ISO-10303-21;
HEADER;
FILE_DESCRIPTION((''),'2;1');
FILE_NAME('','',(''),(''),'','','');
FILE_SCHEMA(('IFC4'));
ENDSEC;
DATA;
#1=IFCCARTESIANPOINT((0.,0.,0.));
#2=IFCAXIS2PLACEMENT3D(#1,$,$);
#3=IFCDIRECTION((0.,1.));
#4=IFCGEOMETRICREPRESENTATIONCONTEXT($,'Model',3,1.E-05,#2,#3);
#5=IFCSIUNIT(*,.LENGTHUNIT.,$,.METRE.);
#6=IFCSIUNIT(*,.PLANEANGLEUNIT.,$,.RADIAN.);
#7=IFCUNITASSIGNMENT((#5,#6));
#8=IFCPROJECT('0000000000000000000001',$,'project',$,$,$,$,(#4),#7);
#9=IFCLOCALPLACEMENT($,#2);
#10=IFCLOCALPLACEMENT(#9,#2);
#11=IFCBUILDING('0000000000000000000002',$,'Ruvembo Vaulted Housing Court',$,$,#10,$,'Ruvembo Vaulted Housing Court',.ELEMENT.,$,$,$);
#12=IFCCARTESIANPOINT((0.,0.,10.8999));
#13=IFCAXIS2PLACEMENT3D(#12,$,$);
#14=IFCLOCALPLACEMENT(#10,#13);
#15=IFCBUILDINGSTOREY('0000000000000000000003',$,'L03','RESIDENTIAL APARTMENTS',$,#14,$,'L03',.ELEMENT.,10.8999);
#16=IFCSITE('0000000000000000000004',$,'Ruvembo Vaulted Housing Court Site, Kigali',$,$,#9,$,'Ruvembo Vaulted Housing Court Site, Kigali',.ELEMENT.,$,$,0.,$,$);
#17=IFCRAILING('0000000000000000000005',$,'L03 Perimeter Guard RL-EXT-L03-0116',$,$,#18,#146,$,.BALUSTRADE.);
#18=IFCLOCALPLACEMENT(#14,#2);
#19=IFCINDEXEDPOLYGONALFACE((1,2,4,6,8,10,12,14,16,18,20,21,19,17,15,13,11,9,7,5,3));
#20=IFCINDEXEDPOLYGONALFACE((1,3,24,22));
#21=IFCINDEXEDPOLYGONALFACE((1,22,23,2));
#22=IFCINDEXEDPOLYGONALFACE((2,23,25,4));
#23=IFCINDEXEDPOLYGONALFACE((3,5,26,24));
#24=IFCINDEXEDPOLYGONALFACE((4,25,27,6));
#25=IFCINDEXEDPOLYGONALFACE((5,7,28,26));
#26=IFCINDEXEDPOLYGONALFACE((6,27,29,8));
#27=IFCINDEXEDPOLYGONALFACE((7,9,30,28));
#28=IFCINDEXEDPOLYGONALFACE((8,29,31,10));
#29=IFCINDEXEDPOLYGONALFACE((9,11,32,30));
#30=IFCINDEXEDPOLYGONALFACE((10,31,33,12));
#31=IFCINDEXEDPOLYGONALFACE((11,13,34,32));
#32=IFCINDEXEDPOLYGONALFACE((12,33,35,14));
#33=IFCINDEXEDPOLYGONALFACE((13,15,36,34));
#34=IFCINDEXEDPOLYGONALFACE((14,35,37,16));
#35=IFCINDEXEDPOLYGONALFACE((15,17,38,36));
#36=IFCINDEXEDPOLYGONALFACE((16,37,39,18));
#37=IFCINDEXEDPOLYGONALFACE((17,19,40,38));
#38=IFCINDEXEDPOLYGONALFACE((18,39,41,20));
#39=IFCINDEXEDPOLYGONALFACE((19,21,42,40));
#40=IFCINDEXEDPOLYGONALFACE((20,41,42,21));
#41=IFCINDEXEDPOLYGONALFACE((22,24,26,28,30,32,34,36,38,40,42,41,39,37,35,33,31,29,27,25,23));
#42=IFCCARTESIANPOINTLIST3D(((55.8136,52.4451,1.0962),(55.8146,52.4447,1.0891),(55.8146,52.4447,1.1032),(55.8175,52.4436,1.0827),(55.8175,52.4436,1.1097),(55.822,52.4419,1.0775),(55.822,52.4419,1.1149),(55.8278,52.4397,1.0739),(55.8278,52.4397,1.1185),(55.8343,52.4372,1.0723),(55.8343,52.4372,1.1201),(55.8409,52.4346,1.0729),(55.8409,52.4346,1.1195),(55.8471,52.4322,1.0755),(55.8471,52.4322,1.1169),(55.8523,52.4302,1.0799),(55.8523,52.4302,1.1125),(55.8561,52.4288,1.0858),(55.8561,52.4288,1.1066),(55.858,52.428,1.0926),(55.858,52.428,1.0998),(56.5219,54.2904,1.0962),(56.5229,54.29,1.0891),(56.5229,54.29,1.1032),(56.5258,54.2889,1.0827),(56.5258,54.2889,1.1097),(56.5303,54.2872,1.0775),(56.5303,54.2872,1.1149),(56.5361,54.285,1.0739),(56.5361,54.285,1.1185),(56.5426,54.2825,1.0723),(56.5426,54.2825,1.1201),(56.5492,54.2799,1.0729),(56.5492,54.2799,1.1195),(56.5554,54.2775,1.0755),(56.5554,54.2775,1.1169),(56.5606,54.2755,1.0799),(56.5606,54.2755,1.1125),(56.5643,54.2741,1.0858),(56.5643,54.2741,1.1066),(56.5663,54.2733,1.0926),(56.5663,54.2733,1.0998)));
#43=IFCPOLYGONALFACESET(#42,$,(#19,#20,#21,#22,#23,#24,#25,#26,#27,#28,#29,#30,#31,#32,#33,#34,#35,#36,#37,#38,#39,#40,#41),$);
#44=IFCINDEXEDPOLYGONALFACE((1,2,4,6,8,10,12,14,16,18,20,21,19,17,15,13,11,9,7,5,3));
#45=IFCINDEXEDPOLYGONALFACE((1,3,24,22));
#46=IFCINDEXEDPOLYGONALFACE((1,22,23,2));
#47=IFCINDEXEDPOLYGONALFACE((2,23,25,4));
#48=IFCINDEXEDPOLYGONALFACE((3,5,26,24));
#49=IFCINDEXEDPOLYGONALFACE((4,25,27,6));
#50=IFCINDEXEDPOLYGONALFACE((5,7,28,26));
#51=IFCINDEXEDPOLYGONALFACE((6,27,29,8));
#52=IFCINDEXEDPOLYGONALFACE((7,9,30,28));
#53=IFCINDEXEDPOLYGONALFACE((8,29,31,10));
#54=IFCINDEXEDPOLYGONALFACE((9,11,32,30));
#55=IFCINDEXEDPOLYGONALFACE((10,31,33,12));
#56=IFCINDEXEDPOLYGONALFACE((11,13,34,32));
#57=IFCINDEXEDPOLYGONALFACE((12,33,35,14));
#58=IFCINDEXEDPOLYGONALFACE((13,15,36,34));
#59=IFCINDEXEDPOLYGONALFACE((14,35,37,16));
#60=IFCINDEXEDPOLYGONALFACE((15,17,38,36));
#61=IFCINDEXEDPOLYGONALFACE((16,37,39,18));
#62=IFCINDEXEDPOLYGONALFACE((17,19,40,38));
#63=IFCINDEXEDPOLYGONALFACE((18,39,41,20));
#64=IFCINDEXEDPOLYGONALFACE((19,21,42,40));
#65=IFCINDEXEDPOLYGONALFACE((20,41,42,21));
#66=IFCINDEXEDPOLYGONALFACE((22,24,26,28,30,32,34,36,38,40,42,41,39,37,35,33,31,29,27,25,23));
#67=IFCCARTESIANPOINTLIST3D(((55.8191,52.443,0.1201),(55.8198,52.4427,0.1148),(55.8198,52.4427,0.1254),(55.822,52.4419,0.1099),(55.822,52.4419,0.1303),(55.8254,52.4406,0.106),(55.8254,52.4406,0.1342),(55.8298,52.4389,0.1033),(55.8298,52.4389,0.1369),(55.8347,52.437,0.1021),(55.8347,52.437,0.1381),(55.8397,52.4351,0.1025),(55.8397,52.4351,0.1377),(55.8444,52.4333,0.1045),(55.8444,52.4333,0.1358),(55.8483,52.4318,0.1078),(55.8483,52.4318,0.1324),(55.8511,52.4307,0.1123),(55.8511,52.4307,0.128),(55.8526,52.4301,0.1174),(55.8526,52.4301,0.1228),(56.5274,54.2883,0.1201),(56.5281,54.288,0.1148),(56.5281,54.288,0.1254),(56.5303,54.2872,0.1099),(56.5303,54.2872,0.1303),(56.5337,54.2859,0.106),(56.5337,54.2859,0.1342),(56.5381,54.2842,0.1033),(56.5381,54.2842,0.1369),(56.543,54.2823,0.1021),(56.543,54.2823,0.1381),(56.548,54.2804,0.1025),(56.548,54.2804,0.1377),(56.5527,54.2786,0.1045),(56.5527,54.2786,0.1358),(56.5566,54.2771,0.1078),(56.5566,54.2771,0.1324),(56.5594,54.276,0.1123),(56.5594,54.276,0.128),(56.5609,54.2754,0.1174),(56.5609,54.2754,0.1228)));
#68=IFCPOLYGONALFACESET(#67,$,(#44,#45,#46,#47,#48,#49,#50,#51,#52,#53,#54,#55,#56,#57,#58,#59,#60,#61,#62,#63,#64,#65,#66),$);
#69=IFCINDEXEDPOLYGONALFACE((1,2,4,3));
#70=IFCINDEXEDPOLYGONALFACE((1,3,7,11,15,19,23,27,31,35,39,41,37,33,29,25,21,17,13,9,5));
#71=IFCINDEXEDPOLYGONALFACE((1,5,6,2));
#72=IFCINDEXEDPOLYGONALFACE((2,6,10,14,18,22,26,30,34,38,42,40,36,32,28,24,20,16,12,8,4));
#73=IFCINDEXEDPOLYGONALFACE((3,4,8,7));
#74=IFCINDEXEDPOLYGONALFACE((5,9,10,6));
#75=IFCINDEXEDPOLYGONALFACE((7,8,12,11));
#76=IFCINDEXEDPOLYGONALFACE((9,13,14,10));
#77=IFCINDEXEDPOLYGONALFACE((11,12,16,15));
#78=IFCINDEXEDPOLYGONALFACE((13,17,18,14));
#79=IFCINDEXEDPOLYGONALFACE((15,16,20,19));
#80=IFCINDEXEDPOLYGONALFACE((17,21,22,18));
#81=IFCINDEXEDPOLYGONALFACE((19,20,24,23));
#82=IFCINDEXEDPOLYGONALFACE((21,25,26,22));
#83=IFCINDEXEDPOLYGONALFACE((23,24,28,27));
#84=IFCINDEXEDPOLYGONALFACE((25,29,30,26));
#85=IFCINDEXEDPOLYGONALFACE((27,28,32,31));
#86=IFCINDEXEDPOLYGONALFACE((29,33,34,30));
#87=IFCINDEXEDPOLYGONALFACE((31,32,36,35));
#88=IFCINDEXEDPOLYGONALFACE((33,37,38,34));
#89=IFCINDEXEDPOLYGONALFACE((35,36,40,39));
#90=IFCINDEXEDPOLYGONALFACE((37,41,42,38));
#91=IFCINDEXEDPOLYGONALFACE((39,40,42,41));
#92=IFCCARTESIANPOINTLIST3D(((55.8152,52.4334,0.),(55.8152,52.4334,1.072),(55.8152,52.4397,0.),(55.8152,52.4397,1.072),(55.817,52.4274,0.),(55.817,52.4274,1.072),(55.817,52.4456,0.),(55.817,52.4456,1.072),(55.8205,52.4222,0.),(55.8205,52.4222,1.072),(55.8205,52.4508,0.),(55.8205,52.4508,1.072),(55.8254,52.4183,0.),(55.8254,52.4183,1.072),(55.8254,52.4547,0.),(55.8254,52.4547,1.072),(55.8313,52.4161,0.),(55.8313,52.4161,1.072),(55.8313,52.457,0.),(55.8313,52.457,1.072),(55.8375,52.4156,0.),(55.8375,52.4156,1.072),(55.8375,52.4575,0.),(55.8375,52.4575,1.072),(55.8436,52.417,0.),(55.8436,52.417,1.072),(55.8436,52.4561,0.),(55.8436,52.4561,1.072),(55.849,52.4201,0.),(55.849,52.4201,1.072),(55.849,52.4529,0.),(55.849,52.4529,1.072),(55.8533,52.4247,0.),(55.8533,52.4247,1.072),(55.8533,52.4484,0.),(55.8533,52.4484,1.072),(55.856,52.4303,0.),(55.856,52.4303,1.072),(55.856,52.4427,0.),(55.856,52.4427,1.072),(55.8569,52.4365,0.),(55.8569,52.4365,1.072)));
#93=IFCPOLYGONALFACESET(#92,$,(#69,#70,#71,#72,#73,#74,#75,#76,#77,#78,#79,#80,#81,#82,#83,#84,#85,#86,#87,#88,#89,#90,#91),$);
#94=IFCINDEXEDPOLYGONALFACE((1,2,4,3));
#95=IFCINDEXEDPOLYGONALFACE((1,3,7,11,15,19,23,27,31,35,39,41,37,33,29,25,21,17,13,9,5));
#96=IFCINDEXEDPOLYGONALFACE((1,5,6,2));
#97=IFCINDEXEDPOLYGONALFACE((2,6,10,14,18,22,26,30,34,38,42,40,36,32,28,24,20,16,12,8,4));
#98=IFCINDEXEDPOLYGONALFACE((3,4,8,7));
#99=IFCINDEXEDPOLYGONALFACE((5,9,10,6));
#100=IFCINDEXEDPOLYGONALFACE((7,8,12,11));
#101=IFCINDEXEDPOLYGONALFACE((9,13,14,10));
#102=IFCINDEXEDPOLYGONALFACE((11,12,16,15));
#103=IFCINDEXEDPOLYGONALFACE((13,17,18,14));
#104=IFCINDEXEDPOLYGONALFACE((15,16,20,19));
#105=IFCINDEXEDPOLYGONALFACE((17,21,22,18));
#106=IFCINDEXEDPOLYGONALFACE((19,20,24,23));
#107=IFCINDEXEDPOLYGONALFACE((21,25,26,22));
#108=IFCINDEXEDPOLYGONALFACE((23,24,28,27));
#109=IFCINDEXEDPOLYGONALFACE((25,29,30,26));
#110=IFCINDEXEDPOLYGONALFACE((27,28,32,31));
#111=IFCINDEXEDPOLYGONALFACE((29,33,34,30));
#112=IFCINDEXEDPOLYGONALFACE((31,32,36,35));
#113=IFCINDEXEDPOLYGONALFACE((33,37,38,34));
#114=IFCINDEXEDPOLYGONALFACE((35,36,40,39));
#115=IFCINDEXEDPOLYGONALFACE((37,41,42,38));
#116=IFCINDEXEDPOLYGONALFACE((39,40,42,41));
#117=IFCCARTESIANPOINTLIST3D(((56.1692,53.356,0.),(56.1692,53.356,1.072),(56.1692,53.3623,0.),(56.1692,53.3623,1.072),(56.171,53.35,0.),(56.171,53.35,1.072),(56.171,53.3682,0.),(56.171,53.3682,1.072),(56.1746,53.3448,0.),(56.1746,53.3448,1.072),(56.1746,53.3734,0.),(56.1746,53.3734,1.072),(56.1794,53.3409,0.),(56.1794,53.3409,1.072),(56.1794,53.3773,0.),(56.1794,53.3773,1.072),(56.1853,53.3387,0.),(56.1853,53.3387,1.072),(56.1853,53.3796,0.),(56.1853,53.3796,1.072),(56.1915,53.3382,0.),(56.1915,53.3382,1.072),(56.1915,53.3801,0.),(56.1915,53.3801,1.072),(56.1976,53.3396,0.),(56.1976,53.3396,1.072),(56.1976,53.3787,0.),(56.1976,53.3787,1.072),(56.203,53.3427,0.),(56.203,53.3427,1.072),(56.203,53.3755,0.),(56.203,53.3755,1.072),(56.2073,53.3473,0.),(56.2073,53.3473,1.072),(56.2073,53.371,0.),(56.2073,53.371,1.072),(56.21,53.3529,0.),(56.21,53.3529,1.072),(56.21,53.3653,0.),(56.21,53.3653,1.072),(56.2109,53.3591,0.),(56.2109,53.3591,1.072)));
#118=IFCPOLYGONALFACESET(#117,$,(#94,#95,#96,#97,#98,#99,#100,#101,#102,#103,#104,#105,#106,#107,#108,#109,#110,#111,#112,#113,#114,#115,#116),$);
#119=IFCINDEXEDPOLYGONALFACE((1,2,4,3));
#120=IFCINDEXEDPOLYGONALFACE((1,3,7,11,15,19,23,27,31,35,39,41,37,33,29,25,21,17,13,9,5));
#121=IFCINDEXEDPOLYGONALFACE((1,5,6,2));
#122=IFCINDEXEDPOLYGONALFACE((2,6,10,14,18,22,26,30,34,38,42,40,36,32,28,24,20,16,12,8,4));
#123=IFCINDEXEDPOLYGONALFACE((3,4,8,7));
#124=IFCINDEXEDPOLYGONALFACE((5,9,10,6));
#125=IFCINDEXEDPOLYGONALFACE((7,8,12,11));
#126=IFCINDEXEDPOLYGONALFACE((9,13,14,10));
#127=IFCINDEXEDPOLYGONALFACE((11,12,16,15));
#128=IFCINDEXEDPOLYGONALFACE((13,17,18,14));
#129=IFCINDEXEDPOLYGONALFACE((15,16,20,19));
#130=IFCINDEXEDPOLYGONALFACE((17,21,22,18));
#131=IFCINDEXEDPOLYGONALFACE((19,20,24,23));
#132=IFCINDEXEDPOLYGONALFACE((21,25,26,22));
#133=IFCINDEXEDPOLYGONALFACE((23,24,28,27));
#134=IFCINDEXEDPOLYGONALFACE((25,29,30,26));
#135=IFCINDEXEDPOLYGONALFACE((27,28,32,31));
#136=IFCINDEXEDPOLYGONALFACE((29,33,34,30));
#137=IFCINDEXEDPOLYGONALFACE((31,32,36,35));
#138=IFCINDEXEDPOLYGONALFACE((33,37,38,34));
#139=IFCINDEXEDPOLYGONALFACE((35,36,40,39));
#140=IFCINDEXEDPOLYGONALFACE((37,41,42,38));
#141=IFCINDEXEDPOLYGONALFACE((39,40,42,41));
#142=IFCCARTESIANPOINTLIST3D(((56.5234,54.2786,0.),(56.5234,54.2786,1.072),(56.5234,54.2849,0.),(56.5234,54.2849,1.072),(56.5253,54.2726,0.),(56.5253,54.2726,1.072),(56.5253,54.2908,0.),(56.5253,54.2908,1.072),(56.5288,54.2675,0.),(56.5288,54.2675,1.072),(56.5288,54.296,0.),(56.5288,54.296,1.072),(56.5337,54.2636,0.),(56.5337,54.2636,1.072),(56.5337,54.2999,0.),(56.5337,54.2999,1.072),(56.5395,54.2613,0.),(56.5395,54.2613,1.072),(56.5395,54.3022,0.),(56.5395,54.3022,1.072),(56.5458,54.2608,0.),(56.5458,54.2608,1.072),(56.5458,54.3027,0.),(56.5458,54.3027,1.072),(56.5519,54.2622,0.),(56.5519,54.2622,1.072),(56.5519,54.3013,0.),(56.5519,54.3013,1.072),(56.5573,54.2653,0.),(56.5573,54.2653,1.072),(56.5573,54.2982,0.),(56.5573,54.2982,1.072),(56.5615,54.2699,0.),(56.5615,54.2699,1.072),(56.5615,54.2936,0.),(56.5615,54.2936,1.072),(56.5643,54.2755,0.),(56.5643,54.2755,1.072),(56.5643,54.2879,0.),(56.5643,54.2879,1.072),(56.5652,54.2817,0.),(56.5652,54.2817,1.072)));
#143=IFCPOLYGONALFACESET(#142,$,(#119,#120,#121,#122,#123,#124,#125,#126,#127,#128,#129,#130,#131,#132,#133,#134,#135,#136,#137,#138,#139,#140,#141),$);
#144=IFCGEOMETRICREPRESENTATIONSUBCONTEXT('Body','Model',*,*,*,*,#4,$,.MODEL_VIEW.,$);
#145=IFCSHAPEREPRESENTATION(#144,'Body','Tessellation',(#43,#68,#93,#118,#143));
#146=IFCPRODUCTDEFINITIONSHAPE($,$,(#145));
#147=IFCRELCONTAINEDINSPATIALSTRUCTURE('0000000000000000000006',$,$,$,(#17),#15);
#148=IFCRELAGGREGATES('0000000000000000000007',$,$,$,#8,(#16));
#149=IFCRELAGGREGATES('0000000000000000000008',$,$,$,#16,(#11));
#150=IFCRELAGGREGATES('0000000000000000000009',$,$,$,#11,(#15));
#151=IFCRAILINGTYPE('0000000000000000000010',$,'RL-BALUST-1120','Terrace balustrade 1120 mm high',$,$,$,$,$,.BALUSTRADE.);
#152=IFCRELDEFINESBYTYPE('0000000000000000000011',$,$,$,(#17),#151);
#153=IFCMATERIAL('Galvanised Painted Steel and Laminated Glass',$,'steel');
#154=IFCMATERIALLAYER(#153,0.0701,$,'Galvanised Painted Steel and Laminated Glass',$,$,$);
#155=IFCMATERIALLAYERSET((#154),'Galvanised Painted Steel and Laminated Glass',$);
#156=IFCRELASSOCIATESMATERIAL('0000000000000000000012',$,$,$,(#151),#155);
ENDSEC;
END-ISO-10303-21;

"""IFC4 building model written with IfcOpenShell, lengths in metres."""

from ifc_helpers import new_model, si_unit, direction, frame, origin, origin_2d, place, context, subcontext, project, spatial, circle, extrude, material, layer, layer_set, type_object, element, save


model = new_model("IFC4")

# Units and contexts
model_context = context("Model", 3, precision=1e-05, world=origin(), true_north=direction((0.0, 1.0)))
body_context = subcontext(model_context, "Body", "Model", "MODEL_VIEW")
ifc_project = project(units=[si_unit("LENGTHUNIT", "METRE"), si_unit("PLANEANGLEUNIT", "RADIAN")], contexts=[model_context])

# Site, building, storey
site_placement = place(None, origin())
site = spatial("IfcSite", under=ifc_project, at=site_placement, Name="Ruvembo Vaulted Housing Court Site, Kigali", LongName="Ruvembo Vaulted Housing Court Site, Kigali", CompositionType="ELEMENT", RefElevation=0.0)
building_placement = place(site_placement, origin())
building = spatial("IfcBuilding", under=site, at=building_placement, Name="Ruvembo Vaulted Housing Court", LongName="Ruvembo Vaulted Housing Court", CompositionType="ELEMENT")
storey_placement = place(building_placement, frame((0.0, 0.0, 10.8999)))
storey = spatial("IfcBuildingStorey", under=building, at=storey_placement, Name="L03", Description="RESIDENTIAL APARTMENTS", LongName="L03", CompositionType="ELEMENT", Elevation=10.8999)

# Railing
ifc_material_1 = material(Name="Galvanised Painted Steel and Laminated Glass", Category="steel")
ifc_layer_1 = layer(ifc_material_1, 0.0701, Name="Galvanised Painted Steel and Laminated Glass")
ifc_layer_set_1 = layer_set([ifc_layer_1], Name="Galvanised Painted Steel and Laminated Glass")
railing_type = type_object("IfcRailingType", Name="RL-BALUST-1120", Description="Terrace balustrade 1120 mm high", PredefinedType="BALUSTRADE", material=ifc_layer_set_1)
railing_1_placement = place(storey_placement, frame((55.8359, 52.4365, 0.0)))
element("IfcRailing", 1, at=railing_1_placement, inside=storey, type_object=railing_type, Name="L03 Perimeter Guard RL-EXT-L03-0116", PredefinedType="BALUSTRADE", context=body_context, shape_type="SweptSolid", body=[
    extrude(circle(Radius=0.0239, at=origin_2d()), frame((0.0, 0.0, 1.0962), z_axis=(0.358342, 0.933591, 0.0), x_axis=(-0.933591, 0.358342, 0.0)), (0.0, 0.0, 1.0), 1.9766),
    extrude(circle(Radius=0.0181, at=origin_2d()), frame((0.0, 0.0, 0.1201), z_axis=(0.358342, 0.933591, 0.0), x_axis=(-0.933591, 0.358342, 0.0)), (0.0, 0.0, 1.0), 1.9766),
    extrude(circle(Radius=0.021, at=origin_2d()), origin(), (0.0, 0.0, 1.0), 1.072),
    extrude(circle(Radius=0.021, at=origin_2d()), frame((0.354, 0.9226, 0.0)), (0.0, 0.0, 1.0), 1.072),
    extrude(circle(Radius=0.021, at=origin_2d()), frame((0.7083, 1.8452, 0.0)), (0.0, 0.0, 1.0), 1.072),
])

save(model, "model.ifc")
